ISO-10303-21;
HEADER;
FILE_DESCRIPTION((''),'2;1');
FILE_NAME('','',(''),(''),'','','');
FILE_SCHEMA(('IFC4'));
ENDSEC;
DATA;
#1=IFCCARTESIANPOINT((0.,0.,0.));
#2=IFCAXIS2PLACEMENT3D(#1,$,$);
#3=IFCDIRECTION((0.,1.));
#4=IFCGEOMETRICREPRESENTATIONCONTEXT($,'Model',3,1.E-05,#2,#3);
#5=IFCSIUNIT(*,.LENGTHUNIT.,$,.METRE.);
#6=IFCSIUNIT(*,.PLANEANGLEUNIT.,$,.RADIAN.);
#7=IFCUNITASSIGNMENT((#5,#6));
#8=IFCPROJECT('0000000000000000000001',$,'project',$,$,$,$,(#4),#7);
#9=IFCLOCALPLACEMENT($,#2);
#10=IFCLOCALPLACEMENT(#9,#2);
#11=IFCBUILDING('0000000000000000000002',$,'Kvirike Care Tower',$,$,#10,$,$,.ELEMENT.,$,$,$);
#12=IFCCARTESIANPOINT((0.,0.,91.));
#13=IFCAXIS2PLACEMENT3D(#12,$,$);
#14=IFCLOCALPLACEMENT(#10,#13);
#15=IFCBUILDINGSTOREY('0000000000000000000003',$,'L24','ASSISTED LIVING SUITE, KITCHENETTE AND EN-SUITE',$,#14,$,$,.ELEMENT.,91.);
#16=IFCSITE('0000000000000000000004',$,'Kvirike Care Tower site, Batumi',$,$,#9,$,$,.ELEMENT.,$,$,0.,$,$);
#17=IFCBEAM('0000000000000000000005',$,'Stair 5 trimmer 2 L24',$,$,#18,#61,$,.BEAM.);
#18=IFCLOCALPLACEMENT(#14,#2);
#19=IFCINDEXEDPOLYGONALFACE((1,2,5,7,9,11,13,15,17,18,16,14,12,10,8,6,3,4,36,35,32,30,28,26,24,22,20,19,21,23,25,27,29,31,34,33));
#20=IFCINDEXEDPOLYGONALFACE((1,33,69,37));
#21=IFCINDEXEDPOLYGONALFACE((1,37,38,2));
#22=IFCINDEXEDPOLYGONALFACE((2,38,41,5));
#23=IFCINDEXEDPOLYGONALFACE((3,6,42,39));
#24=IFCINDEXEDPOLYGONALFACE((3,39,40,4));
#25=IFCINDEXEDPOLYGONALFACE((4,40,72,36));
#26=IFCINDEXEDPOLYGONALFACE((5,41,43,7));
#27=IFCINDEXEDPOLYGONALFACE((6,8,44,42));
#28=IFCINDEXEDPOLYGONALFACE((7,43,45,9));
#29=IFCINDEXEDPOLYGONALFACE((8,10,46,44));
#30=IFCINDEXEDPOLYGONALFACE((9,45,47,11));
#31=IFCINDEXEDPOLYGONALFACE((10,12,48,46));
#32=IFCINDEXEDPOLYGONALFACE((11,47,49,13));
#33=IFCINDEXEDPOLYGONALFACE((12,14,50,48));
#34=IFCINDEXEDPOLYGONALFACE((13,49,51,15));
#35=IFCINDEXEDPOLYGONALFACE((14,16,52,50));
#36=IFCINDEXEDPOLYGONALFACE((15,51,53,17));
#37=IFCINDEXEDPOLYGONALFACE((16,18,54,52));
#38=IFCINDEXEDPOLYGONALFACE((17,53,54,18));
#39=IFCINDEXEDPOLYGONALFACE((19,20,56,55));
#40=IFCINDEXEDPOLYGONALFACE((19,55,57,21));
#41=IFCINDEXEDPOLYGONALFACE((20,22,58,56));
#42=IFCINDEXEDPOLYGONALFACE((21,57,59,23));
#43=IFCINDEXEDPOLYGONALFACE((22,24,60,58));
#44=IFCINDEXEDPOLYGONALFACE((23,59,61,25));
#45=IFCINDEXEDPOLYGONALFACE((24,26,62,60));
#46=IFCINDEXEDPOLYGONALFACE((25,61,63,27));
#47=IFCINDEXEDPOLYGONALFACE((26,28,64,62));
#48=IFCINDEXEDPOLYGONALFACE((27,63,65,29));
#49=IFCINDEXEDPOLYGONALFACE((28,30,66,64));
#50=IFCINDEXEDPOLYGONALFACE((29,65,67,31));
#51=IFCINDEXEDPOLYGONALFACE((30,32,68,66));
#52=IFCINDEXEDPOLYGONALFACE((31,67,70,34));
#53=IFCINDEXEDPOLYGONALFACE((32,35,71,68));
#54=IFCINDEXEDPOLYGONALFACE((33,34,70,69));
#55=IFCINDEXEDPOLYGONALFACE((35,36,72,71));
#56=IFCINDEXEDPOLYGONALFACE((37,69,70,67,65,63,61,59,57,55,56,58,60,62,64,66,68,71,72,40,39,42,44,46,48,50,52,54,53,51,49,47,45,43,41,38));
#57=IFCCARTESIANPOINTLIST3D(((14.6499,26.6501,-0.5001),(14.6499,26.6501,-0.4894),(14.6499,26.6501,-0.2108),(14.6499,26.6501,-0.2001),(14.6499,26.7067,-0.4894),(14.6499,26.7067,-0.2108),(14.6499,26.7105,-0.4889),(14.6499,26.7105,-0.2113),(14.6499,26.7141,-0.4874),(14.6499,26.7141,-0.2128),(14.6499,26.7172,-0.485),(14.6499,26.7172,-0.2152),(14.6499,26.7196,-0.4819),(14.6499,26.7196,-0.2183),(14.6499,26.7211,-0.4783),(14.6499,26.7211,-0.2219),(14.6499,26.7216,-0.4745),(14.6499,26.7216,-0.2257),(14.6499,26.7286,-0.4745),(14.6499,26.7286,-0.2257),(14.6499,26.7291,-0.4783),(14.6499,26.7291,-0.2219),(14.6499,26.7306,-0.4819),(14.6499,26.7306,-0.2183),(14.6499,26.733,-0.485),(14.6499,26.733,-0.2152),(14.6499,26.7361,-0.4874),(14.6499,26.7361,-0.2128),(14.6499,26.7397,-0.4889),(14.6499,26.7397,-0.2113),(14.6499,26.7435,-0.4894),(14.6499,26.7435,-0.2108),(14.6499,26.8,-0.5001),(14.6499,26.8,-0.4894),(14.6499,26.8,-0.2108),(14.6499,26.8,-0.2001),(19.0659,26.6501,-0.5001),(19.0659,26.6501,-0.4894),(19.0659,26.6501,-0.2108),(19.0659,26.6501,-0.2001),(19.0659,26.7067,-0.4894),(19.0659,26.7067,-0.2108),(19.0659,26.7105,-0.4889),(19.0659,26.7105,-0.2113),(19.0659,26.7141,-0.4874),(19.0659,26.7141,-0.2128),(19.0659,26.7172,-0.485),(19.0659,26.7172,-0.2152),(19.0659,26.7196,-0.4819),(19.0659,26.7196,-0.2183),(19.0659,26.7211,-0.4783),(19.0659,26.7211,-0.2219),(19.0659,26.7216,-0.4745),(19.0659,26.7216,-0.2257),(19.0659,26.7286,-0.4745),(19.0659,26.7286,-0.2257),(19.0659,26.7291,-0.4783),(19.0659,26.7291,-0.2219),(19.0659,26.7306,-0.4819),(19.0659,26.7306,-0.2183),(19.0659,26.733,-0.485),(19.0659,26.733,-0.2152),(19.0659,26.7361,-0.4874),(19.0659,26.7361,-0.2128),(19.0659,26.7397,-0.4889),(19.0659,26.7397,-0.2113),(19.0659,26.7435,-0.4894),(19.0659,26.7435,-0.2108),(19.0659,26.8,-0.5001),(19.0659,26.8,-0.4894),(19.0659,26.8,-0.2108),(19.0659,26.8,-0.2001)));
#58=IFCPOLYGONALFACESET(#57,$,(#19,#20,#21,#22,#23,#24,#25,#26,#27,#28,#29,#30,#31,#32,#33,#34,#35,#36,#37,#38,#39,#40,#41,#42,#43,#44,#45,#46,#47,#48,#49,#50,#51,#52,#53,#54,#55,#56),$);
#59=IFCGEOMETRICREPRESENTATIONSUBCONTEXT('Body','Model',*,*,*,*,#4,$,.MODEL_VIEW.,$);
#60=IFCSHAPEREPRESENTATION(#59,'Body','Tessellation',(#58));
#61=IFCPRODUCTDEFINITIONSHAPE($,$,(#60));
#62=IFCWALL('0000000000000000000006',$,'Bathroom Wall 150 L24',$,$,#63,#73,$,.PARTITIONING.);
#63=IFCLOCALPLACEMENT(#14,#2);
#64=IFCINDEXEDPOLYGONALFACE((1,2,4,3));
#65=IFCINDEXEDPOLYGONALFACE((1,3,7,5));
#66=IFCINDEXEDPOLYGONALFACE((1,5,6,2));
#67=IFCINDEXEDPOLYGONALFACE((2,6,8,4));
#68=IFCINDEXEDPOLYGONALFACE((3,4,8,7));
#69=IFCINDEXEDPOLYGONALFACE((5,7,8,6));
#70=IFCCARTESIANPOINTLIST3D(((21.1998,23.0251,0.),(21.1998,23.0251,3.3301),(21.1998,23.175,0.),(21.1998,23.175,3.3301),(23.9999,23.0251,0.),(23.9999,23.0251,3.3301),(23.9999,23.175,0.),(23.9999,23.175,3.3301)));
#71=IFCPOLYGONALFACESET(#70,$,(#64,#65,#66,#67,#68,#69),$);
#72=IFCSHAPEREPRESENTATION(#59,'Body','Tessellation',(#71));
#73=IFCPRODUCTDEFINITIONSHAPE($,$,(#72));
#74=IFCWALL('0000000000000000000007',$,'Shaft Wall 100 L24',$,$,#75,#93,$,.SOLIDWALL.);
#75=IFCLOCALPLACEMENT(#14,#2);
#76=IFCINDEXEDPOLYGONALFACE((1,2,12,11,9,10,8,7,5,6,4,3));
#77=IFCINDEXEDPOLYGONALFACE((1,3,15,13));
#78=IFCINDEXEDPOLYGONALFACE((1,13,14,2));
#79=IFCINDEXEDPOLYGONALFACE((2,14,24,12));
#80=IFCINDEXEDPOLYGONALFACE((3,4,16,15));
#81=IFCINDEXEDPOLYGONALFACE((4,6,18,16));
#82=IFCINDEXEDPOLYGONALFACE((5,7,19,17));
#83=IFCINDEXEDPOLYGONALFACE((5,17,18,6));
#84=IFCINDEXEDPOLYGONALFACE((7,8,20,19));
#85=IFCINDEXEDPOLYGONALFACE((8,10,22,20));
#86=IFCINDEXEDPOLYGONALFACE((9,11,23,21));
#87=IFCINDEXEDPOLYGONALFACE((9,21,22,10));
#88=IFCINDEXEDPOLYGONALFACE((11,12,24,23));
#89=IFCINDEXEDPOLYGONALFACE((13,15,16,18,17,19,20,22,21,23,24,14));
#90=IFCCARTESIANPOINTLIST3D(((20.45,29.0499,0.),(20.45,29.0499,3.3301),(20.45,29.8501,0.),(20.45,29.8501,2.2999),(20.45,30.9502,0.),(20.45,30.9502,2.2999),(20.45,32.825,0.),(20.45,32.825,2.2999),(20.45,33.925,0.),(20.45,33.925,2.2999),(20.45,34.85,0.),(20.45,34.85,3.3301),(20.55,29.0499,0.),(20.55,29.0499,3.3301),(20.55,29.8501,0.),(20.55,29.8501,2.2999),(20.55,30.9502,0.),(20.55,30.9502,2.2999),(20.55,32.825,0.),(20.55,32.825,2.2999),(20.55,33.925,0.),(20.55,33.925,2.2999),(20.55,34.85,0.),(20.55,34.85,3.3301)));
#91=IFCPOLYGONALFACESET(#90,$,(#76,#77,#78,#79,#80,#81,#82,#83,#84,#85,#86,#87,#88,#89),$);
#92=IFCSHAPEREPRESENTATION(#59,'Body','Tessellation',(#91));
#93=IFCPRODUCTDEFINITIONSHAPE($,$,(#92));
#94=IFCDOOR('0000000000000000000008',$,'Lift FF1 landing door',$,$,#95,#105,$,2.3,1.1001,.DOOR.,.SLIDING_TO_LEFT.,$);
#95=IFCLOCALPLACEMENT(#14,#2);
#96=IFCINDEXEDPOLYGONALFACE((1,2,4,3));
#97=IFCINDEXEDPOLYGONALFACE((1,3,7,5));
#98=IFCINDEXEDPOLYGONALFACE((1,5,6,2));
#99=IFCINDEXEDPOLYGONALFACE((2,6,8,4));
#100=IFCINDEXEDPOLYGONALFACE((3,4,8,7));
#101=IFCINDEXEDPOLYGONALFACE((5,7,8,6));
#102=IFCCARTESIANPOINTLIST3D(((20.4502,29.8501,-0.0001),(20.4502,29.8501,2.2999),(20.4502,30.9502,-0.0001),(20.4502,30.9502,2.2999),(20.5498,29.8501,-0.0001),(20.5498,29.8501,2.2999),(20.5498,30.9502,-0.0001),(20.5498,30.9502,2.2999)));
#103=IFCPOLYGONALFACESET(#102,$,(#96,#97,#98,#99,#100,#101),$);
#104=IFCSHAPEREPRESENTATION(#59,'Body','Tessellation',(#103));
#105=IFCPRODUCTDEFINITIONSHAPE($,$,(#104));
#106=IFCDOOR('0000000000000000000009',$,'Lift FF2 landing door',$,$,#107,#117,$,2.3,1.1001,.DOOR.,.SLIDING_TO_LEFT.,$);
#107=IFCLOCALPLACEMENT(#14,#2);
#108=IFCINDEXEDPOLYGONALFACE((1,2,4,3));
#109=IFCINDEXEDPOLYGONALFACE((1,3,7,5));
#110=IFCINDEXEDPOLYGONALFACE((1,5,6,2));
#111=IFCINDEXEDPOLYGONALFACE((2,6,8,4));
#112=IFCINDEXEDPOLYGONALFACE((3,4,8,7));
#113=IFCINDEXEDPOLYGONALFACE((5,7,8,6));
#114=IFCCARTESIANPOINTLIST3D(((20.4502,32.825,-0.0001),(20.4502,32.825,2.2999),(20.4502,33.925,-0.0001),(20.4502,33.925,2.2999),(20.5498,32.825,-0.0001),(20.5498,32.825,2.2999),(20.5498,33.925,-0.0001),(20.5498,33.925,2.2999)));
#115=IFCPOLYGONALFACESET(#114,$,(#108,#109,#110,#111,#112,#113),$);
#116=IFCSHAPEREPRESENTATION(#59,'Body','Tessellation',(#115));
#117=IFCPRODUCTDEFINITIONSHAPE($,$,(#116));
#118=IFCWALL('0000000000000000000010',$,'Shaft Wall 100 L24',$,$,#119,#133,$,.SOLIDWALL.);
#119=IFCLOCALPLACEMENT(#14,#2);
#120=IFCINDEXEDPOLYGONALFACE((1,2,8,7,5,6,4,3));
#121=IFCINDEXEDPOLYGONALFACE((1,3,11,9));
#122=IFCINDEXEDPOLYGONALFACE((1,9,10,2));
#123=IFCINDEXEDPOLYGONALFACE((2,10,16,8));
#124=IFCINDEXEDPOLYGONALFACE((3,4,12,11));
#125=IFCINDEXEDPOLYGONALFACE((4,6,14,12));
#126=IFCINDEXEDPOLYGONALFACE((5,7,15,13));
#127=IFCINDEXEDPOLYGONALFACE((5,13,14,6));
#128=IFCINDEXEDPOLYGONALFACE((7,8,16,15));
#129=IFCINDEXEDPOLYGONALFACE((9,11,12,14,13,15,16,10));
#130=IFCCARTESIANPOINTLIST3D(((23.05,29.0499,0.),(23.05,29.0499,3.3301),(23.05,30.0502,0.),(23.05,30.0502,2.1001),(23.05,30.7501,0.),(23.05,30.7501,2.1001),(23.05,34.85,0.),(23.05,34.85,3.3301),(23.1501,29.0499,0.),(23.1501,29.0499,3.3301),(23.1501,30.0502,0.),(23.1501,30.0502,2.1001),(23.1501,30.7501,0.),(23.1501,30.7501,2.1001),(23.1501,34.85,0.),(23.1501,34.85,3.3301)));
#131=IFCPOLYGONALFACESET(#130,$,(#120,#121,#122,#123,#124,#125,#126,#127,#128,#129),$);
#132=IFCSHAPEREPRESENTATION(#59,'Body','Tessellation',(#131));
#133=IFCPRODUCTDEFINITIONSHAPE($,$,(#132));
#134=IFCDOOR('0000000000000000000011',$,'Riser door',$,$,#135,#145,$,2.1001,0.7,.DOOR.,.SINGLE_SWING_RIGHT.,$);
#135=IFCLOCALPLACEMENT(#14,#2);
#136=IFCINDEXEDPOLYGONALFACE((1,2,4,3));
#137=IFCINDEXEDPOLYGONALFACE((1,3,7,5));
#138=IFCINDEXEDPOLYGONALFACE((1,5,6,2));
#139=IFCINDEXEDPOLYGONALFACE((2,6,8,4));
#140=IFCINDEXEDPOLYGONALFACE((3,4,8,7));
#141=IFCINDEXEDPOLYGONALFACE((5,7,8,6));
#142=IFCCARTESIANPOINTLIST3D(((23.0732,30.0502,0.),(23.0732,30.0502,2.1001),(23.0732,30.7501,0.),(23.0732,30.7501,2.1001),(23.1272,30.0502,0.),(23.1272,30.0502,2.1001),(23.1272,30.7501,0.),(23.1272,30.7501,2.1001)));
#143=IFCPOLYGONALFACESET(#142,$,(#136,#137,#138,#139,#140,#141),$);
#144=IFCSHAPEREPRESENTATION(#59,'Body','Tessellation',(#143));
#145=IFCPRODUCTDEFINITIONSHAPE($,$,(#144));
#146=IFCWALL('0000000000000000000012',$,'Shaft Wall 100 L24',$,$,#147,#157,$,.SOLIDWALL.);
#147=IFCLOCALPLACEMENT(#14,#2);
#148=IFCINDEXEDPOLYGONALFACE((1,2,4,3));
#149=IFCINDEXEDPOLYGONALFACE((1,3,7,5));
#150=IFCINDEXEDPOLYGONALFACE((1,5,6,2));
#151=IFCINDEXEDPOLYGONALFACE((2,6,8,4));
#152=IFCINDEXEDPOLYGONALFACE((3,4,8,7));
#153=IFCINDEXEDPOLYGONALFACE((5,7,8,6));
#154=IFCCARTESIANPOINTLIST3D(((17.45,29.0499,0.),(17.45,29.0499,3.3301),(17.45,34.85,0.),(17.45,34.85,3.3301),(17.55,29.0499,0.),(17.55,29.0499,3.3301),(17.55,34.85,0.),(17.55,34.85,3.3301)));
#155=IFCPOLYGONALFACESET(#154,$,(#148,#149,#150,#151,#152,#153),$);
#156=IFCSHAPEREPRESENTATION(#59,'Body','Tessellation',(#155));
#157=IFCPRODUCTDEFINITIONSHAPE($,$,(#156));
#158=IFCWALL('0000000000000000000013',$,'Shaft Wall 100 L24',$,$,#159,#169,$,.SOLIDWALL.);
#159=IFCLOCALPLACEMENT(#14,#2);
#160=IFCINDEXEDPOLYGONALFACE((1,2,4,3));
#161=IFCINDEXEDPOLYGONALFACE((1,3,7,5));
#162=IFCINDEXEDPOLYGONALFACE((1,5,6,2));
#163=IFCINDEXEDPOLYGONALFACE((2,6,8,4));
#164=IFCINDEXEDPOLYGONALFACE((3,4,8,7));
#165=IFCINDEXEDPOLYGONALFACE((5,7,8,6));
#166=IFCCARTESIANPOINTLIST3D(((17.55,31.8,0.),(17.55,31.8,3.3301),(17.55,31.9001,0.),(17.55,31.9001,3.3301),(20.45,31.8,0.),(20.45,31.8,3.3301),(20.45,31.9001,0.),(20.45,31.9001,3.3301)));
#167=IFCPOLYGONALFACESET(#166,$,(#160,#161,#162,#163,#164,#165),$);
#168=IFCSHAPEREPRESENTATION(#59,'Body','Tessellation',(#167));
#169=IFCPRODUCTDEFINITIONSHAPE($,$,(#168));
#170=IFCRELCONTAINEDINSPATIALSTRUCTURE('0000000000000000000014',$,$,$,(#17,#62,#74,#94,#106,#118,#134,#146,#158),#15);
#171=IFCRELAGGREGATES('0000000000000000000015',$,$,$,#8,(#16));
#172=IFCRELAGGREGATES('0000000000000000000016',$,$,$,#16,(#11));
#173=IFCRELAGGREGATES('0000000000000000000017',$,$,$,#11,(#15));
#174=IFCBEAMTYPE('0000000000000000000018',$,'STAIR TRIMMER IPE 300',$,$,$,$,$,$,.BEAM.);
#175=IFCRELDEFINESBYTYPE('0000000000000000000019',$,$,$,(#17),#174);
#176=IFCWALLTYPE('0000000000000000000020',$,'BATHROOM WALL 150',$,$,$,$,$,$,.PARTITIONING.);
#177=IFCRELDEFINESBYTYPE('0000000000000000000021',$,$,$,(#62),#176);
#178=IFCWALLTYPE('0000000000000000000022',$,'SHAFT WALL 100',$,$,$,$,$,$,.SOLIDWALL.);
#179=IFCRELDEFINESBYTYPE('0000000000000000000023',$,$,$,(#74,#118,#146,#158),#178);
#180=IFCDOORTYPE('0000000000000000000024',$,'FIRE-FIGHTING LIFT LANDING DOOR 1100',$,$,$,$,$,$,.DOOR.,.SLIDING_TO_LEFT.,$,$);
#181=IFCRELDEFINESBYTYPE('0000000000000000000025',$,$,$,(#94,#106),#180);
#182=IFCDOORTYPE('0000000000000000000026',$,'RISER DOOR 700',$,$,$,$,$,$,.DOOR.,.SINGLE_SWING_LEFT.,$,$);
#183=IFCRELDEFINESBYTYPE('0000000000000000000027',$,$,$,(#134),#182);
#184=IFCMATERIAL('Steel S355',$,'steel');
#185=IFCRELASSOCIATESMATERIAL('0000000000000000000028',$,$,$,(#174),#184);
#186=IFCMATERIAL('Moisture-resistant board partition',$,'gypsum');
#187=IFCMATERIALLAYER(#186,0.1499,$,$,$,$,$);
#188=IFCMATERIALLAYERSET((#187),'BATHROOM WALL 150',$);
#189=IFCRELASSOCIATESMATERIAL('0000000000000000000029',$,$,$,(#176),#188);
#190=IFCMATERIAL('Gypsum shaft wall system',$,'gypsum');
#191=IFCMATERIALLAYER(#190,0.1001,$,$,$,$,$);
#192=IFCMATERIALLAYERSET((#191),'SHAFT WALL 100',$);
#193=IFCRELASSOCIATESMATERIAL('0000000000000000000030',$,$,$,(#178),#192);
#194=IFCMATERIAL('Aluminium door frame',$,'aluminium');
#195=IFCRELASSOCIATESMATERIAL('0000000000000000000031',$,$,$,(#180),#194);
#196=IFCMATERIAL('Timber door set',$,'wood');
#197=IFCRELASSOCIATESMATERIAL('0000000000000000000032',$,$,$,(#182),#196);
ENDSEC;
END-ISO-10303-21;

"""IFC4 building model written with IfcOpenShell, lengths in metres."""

from ifc_helpers import new_model, si_unit, direction, frame, frame_2d, origin, origin_2d, place, context, subcontext, project, spatial, rectangle, i_section, extrude, material, layer, layer_set, material_profile, profile_set, type_object, element, fill, save


model = new_model("IFC4")

# Units and contexts
model_context = context("Model", 3, precision=1e-05, world=origin(), true_north=direction((0.0, 1.0)))
body_context = subcontext(model_context, "Body", "Model", "MODEL_VIEW")
ifc_project = project(units=[si_unit("LENGTHUNIT", "METRE"), si_unit("PLANEANGLEUNIT", "RADIAN")], contexts=[model_context])

# Site, building, storey
site_placement = place(None, origin())
site = spatial("IfcSite", under=ifc_project, at=site_placement, Name="Kvirike Care Tower site, Batumi", CompositionType="ELEMENT", RefElevation=0.0)
building_placement = place(site_placement, origin())
building = spatial("IfcBuilding", under=site, at=building_placement, Name="Kvirike Care Tower", CompositionType="ELEMENT")
storey_placement = place(building_placement, frame((0.0, 0.0, 91.0)))
storey = spatial("IfcBuildingStorey", under=building, at=storey_placement, Name="L24", Description="ASSISTED LIVING SUITE, KITCHENETTE AND EN-SUITE", CompositionType="ELEMENT", Elevation=91.0)

# Beam
ifc_material_1 = material(Name="Steel S355", Category="steel")
ifc_material_profile_1 = material_profile(ifc_material_1, i_section(OverallWidth=0.1499, OverallDepth=0.3, WebThickness=0.0071, FlangeThickness=0.0107, FilletRadius=0.0149, at=origin_2d()), Name="IPE 300")
ifc_profile_set_1 = profile_set([ifc_material_profile_1], Name="Steel S355")
beam_type_1 = type_object("IfcBeamType", Name="STAIR TRIMMER IPE 300", PredefinedType="BEAM", material=ifc_profile_set_1)
for number, where, z_axis, x_axis, name in (
    (1, (14.6499, 26.7251, -0.3501), (1.0, 0.0, 0.0), (0.0, 1.0, 0.0), "Stair 5 trimmer 2 L24"),
):
    element("IfcBeam", number, at=place(storey_placement, frame(where, z_axis=z_axis, x_axis=x_axis)), inside=storey, type_object=beam_type_1, Name=name, PredefinedType="BEAM", context=body_context, shape_type="SweptSolid", body=[
        extrude(i_section(OverallWidth=0.1499, OverallDepth=0.3, WebThickness=0.0071, FlangeThickness=0.0107, FilletRadius=0.0149, at=origin_2d()), origin(), (0.0, 0.0, 1.0), 4.416),
    ])

# Wall
ifc_material_2 = material(Name="Moisture-resistant board partition", Category="gypsum")
ifc_layer_1 = layer(ifc_material_2, 0.1499)
ifc_layer_set_1 = layer_set([ifc_layer_1], Name="BATHROOM WALL 150")
wall_type_1 = type_object("IfcWallType", Name="BATHROOM WALL 150", PredefinedType="PARTITIONING", material=ifc_layer_set_1)
wall_1_placement = place(storey_placement, frame((21.2, 23.1001, 0.0), z_axis=(0.0, 0.0, 1.0), x_axis=(1.0, 0.0, 0.0)))
element("IfcWall", 2, at=wall_1_placement, inside=storey, type_object=wall_type_1, Name="Bathroom Wall 150 L24", PredefinedType="PARTITIONING", context=body_context, shape_type="SweptSolid", body=[
    extrude(rectangle(XDim=2.8, YDim=0.1499, at=frame_2d((1.3999, 0.0))), origin(), (0.0, 0.0, 1.0), 3.3301),
])

# Wall, openings, doors
ifc_material_3 = material(Name="Gypsum shaft wall system", Category="gypsum")
ifc_layer_2 = layer(ifc_material_3, 0.1001)
ifc_layer_set_2 = layer_set([ifc_layer_2], Name="SHAFT WALL 100")
wall_type_2 = type_object("IfcWallType", Name="SHAFT WALL 100", PredefinedType="SOLIDWALL", material=ifc_layer_set_2)
wall_2_placement = place(storey_placement, frame((20.5, 29.05, 0.0), z_axis=(0.0, 0.0, 1.0), x_axis=(0.0, 1.0, 0.0)))
wall_2 = element("IfcWall", 3, at=wall_2_placement, inside=storey, type_object=wall_type_2, Name="Shaft Wall 100 L24", PredefinedType="SOLIDWALL", context=body_context, shape_type="SweptSolid", body=[
    extrude(rectangle(XDim=5.8, YDim=0.1001, at=frame_2d((2.8999, 0.0))), origin(), (0.0, 0.0, 1.0), 3.3301),
])
opening_1_placement = place(wall_2_placement, frame((0.8, 0.0, 0.0)))
opening_1 = element("IfcOpeningElement", 4, at=opening_1_placement, cuts=wall_2, PredefinedType="OPENING", context=body_context, shape_type="SweptSolid", body=[
    extrude(rectangle(XDim=1.1001, YDim=2.3, at=frame_2d((0.55, 1.1499))), frame((0.0, 0.0605, 0.0), z_axis=(0.0, -1.0, 0.0), x_axis=(1.0, 0.0, 0.0)), (0.0, 0.0, 1.0), 0.1211),
])
opening_2_placement = place(wall_2_placement, frame((3.7749, 0.0, 0.0)))
opening_2 = element("IfcOpeningElement", 5, at=opening_2_placement, cuts=wall_2, PredefinedType="OPENING", context=body_context, shape_type="SweptSolid", body=[
    extrude(rectangle(XDim=1.1001, YDim=2.3, at=frame_2d((0.55, 1.1499))), frame((0.0, 0.0605, 0.0), z_axis=(0.0, -1.0, 0.0), x_axis=(1.0, 0.0, 0.0)), (0.0, 0.0, 1.0), 0.1211),
])
ifc_material_4 = material(Name="Aluminium door frame", Category="aluminium")
door_type_1 = type_object("IfcDoorType", Name="FIRE-FIGHTING LIFT LANDING DOOR 1100", OperationType="SLIDING_TO_LEFT", PredefinedType="DOOR", material=ifc_material_4)
door_1_placement = place(opening_1_placement, origin())
door_1 = element("IfcDoor", 6, at=door_1_placement, inside=storey, type_object=door_type_1, Name="Lift FF1 landing door", OperationType="SLIDING_TO_LEFT", OverallHeight=2.3, OverallWidth=1.1001, PredefinedType="DOOR", context=body_context, shape_type="SweptSolid", body=[
    extrude(rectangle(XDim=1.1001, YDim=2.3, at=frame_2d((0.55, 1.1499))), frame((0.0, 0.0498, 0.0), z_axis=(0.0, -1.0, 0.0), x_axis=(1.0, 0.0, 0.0)), (0.0, 0.0, 1.0), 0.0996),
])
fill(opening_1, door_1)
door_2_placement = place(opening_2_placement, origin())
door_2 = element("IfcDoor", 7, at=door_2_placement, inside=storey, type_object=door_type_1, Name="Lift FF2 landing door", OperationType="SLIDING_TO_LEFT", OverallHeight=2.3, OverallWidth=1.1001, PredefinedType="DOOR", context=body_context, shape_type="SweptSolid", body=[
    extrude(rectangle(XDim=1.1001, YDim=2.3, at=frame_2d((0.55, 1.1499))), frame((0.0, 0.0498, 0.0), z_axis=(0.0, -1.0, 0.0), x_axis=(1.0, 0.0, 0.0)), (0.0, 0.0, 1.0), 0.0996),
])
fill(opening_2, door_2)

# Wall, opening, door
wall_3_placement = place(storey_placement, frame((23.1001, 29.05, 0.0), z_axis=(0.0, 0.0, 1.0), x_axis=(0.0, 1.0, 0.0)))
wall_3 = element("IfcWall", 8, at=wall_3_placement, inside=storey, type_object=wall_type_2, Name="Shaft Wall 100 L24", PredefinedType="SOLIDWALL", context=body_context, shape_type="SweptSolid", body=[
    extrude(rectangle(XDim=5.8, YDim=0.1001, at=frame_2d((2.8999, 0.0))), origin(), (0.0, 0.0, 1.0), 3.3301),
])
opening_3_placement = place(wall_3_placement, frame((1.0, 0.0, 0.0)))
opening_3 = element("IfcOpeningElement", 9, at=opening_3_placement, cuts=wall_3, PredefinedType="OPENING", context=body_context, shape_type="SweptSolid", body=[
    extrude(rectangle(XDim=0.7, YDim=2.1001, at=frame_2d((0.3501, 1.05))), frame((0.0, 0.0605, 0.0), z_axis=(0.0, -1.0, 0.0), x_axis=(1.0, 0.0, 0.0)), (0.0, 0.0, 1.0), 0.1211),
])
ifc_material_5 = material(Name="Timber door set", Category="wood")
door_type_2 = type_object("IfcDoorType", Name="RISER DOOR 700", OperationType="SINGLE_SWING_LEFT", PredefinedType="DOOR", material=ifc_material_5)
door_3_placement = place(opening_3_placement, origin())
door_3 = element("IfcDoor", 10, at=door_3_placement, inside=storey, type_object=door_type_2, Name="Riser door", OperationType="SINGLE_SWING_RIGHT", OverallHeight=2.1001, OverallWidth=0.7, PredefinedType="DOOR", context=body_context, shape_type="SweptSolid", body=[
    extrude(rectangle(XDim=0.7, YDim=2.1001, at=frame_2d((0.3501, 1.05))), frame((0.0, 0.0269, 0.0), z_axis=(0.0, -1.0, 0.0), x_axis=(1.0, 0.0, 0.0)), (0.0, 0.0, 1.0), 0.054),
])
fill(opening_3, door_3)

# Walls
wall_4_placement = place(storey_placement, frame((17.5, 29.05, 0.0), z_axis=(0.0, 0.0, 1.0), x_axis=(0.0, 1.0, 0.0)))
element("IfcWall", 11, at=wall_4_placement, inside=storey, type_object=wall_type_2, Name="Shaft Wall 100 L24", PredefinedType="SOLIDWALL", context=body_context, shape_type="SweptSolid", body=[
    extrude(rectangle(XDim=5.8, YDim=0.1001, at=frame_2d((2.8999, 0.0))), origin(), (0.0, 0.0, 1.0), 3.3301),
])
wall_5_placement = place(storey_placement, frame((17.55, 31.8501, 0.0), z_axis=(0.0, 0.0, 1.0), x_axis=(1.0, 0.0, 0.0)))
element("IfcWall", 12, at=wall_5_placement, inside=storey, type_object=wall_type_2, Name="Shaft Wall 100 L24", PredefinedType="SOLIDWALL", context=body_context, shape_type="SweptSolid", body=[
    extrude(rectangle(XDim=2.8999, YDim=0.1001, at=frame_2d((1.45, 0.0))), origin(), (0.0, 0.0, 1.0), 3.3301),
])

save(model, "model.ifc")
